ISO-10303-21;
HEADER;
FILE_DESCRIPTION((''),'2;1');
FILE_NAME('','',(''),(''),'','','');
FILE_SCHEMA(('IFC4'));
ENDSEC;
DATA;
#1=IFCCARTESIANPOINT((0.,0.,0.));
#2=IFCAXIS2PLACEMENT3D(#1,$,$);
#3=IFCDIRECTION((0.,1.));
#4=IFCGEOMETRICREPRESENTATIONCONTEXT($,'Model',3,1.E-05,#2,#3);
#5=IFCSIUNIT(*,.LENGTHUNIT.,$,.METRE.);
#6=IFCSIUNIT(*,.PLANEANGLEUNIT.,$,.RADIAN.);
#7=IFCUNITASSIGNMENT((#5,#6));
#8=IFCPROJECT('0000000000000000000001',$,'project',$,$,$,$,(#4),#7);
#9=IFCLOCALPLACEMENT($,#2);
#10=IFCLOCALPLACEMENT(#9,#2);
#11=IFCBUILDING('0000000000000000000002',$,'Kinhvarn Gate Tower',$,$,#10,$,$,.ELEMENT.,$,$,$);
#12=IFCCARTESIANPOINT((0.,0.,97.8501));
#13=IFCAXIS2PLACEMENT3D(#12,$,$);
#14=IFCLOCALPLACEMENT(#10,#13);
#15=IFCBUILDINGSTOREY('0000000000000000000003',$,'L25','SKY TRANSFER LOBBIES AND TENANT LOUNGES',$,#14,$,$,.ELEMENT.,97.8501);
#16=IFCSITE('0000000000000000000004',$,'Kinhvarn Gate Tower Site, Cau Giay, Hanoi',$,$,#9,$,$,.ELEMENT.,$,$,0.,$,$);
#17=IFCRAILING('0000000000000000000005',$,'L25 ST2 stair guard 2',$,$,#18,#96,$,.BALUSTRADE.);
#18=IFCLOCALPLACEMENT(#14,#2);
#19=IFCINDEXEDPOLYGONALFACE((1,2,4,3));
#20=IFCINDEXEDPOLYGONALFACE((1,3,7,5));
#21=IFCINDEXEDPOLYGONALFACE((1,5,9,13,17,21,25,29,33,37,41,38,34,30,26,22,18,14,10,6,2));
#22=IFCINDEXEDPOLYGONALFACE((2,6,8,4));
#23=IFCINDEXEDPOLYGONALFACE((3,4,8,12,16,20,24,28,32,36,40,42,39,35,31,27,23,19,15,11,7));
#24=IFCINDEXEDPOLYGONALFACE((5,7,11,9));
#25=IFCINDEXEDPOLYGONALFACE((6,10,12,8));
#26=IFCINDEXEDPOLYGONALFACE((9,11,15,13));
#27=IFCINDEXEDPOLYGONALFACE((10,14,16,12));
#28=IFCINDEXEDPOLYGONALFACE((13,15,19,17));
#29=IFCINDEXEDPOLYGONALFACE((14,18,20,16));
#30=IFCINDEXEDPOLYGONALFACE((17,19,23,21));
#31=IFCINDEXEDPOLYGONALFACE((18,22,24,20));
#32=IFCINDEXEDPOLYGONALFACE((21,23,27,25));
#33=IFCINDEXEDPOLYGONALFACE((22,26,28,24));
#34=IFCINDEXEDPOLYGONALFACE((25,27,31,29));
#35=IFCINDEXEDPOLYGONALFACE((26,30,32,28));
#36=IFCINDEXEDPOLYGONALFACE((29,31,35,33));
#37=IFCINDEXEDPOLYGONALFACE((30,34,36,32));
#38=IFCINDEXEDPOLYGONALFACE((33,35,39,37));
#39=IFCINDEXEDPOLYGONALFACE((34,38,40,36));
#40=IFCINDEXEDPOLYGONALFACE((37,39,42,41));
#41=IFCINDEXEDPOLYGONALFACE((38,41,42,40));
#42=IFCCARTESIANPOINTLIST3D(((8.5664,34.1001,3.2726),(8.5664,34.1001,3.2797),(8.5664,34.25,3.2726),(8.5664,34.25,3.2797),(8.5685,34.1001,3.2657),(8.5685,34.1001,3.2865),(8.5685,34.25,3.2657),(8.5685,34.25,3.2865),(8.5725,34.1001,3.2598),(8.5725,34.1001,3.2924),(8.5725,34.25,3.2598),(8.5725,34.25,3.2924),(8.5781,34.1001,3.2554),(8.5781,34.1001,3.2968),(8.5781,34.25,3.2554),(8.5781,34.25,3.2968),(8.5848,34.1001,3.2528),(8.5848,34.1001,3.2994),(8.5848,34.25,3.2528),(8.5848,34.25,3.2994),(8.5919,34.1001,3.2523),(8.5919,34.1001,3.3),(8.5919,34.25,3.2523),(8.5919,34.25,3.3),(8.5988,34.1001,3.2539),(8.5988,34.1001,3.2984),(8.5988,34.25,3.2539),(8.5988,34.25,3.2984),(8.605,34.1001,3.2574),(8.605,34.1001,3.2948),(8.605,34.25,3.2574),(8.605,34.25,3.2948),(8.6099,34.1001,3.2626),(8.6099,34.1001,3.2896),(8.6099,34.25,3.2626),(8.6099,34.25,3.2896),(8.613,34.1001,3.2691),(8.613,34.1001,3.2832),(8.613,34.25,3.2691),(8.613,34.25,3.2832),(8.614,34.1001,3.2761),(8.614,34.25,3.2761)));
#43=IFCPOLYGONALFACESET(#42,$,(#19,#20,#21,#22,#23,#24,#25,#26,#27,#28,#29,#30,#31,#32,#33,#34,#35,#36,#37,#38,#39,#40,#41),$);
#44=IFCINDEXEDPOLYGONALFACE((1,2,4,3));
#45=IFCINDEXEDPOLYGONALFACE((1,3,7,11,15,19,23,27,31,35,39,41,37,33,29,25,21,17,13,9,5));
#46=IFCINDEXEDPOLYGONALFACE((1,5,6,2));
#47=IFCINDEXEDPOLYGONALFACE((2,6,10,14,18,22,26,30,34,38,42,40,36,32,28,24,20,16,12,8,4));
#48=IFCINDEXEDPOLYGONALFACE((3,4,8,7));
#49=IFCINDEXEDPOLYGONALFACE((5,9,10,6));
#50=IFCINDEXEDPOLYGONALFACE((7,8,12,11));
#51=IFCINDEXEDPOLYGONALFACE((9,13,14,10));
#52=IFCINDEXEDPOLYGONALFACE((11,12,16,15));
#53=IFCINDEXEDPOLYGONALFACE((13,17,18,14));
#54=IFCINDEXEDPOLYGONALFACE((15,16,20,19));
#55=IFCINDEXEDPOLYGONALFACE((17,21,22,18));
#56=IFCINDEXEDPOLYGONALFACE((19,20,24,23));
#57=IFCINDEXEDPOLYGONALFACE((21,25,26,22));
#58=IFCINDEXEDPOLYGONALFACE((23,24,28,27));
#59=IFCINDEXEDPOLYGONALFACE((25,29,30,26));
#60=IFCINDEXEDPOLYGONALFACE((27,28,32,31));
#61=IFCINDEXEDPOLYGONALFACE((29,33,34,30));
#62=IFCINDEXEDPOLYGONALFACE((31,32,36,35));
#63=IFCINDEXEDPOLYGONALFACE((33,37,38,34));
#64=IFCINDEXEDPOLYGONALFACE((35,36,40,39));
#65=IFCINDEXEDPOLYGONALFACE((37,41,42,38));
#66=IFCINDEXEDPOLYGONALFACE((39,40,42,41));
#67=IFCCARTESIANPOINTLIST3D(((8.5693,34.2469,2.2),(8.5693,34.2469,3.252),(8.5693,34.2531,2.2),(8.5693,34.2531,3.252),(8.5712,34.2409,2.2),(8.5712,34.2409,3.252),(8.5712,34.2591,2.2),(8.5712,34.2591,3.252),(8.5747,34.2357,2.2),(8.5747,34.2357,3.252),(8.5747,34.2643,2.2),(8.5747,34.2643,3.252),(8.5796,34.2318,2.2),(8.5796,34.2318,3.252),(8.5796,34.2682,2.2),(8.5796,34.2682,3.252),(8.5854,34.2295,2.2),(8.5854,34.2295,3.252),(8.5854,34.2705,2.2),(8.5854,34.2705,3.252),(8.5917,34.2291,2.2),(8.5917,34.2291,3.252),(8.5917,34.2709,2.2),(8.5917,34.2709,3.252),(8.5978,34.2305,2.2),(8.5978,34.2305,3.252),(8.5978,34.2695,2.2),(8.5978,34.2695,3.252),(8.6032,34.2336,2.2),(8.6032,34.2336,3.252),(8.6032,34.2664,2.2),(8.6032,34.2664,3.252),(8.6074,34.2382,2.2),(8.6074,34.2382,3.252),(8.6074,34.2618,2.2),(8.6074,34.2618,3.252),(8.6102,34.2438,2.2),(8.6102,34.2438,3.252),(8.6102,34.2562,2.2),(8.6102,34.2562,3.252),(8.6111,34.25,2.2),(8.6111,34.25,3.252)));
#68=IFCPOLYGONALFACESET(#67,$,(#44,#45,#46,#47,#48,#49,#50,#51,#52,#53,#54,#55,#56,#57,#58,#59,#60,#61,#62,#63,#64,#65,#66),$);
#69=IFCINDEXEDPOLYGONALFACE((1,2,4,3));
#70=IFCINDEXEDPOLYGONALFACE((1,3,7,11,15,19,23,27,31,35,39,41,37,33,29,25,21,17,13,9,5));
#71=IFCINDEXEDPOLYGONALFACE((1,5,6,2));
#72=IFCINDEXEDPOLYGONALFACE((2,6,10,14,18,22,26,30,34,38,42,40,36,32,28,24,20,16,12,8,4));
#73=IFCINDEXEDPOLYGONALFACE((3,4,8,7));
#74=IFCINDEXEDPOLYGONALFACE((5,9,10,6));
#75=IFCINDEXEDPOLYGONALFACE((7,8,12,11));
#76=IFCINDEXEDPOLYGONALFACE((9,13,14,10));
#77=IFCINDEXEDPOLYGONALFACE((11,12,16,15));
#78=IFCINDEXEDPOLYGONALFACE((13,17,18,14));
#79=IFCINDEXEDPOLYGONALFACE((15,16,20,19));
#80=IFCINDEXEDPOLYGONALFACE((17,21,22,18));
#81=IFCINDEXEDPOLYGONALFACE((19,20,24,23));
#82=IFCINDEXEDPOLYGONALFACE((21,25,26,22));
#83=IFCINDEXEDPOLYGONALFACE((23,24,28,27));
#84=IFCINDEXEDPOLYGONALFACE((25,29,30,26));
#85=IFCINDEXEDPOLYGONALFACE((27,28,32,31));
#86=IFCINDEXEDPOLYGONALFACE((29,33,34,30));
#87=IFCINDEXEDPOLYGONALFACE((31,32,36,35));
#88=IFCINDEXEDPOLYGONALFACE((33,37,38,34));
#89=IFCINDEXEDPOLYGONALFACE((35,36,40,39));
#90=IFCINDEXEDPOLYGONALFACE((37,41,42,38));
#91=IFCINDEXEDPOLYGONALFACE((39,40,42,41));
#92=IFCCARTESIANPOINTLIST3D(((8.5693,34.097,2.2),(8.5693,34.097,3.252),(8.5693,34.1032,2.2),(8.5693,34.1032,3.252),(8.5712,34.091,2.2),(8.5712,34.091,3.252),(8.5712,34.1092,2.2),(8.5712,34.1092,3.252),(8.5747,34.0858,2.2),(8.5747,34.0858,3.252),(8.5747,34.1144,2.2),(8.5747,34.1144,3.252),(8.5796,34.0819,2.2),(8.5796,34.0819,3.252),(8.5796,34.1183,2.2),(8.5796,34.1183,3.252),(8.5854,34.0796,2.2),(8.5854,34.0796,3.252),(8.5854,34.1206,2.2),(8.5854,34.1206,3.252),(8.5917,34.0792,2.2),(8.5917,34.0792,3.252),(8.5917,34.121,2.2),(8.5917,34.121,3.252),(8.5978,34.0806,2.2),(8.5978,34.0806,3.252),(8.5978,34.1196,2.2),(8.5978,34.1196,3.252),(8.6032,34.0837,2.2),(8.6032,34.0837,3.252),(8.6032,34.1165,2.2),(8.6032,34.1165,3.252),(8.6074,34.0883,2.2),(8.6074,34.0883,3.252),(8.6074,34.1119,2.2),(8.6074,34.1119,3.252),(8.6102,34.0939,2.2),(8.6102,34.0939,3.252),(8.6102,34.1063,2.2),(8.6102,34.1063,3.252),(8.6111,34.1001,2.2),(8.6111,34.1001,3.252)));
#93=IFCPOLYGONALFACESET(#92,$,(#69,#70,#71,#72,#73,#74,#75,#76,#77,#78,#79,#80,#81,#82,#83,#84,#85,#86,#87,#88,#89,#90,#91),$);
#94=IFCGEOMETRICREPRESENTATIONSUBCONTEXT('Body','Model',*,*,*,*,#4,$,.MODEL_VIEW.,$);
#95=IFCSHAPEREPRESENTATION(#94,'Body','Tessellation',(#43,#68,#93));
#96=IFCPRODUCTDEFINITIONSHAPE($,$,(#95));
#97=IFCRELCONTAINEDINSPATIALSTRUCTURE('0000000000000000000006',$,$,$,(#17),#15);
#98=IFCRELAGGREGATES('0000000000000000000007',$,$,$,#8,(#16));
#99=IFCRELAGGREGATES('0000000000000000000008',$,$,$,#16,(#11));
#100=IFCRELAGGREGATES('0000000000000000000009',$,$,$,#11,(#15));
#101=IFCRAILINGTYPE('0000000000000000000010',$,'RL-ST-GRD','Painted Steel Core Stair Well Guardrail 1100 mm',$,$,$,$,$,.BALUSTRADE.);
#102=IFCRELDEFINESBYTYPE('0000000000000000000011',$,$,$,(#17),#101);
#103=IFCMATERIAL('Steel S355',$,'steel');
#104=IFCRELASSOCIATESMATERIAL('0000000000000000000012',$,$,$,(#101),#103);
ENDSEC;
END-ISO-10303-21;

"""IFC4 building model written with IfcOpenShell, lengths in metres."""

from ifc_helpers import new_model, si_unit, direction, frame, origin, origin_2d, place, context, subcontext, project, spatial, circle, extrude, material, type_object, element, save


model = new_model("IFC4")

# Units and contexts
model_context = context("Model", 3, precision=1e-05, world=origin(), true_north=direction((0.0, 1.0)))
body_context = subcontext(model_context, "Body", "Model", "MODEL_VIEW")
ifc_project = project(units=[si_unit("LENGTHUNIT", "METRE"), si_unit("PLANEANGLEUNIT", "RADIAN")], contexts=[model_context])

# Site, building, storey
site_placement = place(None, origin())
site = spatial("IfcSite", under=ifc_project, at=site_placement, Name="Kinhvarn Gate Tower Site, Cau Giay, Hanoi", CompositionType="ELEMENT", RefElevation=0.0)
building_placement = place(site_placement, origin())
building = spatial("IfcBuilding", under=site, at=building_placement, Name="Kinhvarn Gate Tower", CompositionType="ELEMENT")
storey_placement = place(building_placement, frame((0.0, 0.0, 97.8501)))
storey = spatial("IfcBuildingStorey", under=building, at=storey_placement, Name="L25", Description="SKY TRANSFER LOBBIES AND TENANT LOUNGES", CompositionType="ELEMENT", Elevation=97.8501)

# Shared definitions
ifc_material_1 = material(Name="Steel S355", Category="steel")

# Railing
railing_type_1 = type_object("IfcRailingType", Name="RL-ST-GRD", Description="Painted Steel Core Stair Well Guardrail 1100 mm", PredefinedType="BALUSTRADE", material=ifc_material_1)
railing_1_placement = place(storey_placement, frame((8.5901, 34.25, 2.2)))
element("IfcRailing", 1, at=railing_1_placement, inside=storey, type_object=railing_type_1, Name="L25 ST2 stair guard 2", PredefinedType="BALUSTRADE", context=body_context, shape_type="SweptSolid", body=[
    extrude(circle(Radius=0.0239, at=origin_2d()), frame((0.0, 0.0, 1.0762), z_axis=(0.0, -1.0, 0.0), x_axis=(1.0, 0.0, 0.0)), (0.0, 0.0, 1.0), 0.1499),
    extrude(circle(Radius=0.021, at=origin_2d()), origin(), (0.0, 0.0, 1.0), 1.052),
    extrude(circle(Radius=0.021, at=origin_2d()), frame((0.0, -0.1499, 0.0)), (0.0, 0.0, 1.0), 1.052),
])

save(model, "model.ifc")
